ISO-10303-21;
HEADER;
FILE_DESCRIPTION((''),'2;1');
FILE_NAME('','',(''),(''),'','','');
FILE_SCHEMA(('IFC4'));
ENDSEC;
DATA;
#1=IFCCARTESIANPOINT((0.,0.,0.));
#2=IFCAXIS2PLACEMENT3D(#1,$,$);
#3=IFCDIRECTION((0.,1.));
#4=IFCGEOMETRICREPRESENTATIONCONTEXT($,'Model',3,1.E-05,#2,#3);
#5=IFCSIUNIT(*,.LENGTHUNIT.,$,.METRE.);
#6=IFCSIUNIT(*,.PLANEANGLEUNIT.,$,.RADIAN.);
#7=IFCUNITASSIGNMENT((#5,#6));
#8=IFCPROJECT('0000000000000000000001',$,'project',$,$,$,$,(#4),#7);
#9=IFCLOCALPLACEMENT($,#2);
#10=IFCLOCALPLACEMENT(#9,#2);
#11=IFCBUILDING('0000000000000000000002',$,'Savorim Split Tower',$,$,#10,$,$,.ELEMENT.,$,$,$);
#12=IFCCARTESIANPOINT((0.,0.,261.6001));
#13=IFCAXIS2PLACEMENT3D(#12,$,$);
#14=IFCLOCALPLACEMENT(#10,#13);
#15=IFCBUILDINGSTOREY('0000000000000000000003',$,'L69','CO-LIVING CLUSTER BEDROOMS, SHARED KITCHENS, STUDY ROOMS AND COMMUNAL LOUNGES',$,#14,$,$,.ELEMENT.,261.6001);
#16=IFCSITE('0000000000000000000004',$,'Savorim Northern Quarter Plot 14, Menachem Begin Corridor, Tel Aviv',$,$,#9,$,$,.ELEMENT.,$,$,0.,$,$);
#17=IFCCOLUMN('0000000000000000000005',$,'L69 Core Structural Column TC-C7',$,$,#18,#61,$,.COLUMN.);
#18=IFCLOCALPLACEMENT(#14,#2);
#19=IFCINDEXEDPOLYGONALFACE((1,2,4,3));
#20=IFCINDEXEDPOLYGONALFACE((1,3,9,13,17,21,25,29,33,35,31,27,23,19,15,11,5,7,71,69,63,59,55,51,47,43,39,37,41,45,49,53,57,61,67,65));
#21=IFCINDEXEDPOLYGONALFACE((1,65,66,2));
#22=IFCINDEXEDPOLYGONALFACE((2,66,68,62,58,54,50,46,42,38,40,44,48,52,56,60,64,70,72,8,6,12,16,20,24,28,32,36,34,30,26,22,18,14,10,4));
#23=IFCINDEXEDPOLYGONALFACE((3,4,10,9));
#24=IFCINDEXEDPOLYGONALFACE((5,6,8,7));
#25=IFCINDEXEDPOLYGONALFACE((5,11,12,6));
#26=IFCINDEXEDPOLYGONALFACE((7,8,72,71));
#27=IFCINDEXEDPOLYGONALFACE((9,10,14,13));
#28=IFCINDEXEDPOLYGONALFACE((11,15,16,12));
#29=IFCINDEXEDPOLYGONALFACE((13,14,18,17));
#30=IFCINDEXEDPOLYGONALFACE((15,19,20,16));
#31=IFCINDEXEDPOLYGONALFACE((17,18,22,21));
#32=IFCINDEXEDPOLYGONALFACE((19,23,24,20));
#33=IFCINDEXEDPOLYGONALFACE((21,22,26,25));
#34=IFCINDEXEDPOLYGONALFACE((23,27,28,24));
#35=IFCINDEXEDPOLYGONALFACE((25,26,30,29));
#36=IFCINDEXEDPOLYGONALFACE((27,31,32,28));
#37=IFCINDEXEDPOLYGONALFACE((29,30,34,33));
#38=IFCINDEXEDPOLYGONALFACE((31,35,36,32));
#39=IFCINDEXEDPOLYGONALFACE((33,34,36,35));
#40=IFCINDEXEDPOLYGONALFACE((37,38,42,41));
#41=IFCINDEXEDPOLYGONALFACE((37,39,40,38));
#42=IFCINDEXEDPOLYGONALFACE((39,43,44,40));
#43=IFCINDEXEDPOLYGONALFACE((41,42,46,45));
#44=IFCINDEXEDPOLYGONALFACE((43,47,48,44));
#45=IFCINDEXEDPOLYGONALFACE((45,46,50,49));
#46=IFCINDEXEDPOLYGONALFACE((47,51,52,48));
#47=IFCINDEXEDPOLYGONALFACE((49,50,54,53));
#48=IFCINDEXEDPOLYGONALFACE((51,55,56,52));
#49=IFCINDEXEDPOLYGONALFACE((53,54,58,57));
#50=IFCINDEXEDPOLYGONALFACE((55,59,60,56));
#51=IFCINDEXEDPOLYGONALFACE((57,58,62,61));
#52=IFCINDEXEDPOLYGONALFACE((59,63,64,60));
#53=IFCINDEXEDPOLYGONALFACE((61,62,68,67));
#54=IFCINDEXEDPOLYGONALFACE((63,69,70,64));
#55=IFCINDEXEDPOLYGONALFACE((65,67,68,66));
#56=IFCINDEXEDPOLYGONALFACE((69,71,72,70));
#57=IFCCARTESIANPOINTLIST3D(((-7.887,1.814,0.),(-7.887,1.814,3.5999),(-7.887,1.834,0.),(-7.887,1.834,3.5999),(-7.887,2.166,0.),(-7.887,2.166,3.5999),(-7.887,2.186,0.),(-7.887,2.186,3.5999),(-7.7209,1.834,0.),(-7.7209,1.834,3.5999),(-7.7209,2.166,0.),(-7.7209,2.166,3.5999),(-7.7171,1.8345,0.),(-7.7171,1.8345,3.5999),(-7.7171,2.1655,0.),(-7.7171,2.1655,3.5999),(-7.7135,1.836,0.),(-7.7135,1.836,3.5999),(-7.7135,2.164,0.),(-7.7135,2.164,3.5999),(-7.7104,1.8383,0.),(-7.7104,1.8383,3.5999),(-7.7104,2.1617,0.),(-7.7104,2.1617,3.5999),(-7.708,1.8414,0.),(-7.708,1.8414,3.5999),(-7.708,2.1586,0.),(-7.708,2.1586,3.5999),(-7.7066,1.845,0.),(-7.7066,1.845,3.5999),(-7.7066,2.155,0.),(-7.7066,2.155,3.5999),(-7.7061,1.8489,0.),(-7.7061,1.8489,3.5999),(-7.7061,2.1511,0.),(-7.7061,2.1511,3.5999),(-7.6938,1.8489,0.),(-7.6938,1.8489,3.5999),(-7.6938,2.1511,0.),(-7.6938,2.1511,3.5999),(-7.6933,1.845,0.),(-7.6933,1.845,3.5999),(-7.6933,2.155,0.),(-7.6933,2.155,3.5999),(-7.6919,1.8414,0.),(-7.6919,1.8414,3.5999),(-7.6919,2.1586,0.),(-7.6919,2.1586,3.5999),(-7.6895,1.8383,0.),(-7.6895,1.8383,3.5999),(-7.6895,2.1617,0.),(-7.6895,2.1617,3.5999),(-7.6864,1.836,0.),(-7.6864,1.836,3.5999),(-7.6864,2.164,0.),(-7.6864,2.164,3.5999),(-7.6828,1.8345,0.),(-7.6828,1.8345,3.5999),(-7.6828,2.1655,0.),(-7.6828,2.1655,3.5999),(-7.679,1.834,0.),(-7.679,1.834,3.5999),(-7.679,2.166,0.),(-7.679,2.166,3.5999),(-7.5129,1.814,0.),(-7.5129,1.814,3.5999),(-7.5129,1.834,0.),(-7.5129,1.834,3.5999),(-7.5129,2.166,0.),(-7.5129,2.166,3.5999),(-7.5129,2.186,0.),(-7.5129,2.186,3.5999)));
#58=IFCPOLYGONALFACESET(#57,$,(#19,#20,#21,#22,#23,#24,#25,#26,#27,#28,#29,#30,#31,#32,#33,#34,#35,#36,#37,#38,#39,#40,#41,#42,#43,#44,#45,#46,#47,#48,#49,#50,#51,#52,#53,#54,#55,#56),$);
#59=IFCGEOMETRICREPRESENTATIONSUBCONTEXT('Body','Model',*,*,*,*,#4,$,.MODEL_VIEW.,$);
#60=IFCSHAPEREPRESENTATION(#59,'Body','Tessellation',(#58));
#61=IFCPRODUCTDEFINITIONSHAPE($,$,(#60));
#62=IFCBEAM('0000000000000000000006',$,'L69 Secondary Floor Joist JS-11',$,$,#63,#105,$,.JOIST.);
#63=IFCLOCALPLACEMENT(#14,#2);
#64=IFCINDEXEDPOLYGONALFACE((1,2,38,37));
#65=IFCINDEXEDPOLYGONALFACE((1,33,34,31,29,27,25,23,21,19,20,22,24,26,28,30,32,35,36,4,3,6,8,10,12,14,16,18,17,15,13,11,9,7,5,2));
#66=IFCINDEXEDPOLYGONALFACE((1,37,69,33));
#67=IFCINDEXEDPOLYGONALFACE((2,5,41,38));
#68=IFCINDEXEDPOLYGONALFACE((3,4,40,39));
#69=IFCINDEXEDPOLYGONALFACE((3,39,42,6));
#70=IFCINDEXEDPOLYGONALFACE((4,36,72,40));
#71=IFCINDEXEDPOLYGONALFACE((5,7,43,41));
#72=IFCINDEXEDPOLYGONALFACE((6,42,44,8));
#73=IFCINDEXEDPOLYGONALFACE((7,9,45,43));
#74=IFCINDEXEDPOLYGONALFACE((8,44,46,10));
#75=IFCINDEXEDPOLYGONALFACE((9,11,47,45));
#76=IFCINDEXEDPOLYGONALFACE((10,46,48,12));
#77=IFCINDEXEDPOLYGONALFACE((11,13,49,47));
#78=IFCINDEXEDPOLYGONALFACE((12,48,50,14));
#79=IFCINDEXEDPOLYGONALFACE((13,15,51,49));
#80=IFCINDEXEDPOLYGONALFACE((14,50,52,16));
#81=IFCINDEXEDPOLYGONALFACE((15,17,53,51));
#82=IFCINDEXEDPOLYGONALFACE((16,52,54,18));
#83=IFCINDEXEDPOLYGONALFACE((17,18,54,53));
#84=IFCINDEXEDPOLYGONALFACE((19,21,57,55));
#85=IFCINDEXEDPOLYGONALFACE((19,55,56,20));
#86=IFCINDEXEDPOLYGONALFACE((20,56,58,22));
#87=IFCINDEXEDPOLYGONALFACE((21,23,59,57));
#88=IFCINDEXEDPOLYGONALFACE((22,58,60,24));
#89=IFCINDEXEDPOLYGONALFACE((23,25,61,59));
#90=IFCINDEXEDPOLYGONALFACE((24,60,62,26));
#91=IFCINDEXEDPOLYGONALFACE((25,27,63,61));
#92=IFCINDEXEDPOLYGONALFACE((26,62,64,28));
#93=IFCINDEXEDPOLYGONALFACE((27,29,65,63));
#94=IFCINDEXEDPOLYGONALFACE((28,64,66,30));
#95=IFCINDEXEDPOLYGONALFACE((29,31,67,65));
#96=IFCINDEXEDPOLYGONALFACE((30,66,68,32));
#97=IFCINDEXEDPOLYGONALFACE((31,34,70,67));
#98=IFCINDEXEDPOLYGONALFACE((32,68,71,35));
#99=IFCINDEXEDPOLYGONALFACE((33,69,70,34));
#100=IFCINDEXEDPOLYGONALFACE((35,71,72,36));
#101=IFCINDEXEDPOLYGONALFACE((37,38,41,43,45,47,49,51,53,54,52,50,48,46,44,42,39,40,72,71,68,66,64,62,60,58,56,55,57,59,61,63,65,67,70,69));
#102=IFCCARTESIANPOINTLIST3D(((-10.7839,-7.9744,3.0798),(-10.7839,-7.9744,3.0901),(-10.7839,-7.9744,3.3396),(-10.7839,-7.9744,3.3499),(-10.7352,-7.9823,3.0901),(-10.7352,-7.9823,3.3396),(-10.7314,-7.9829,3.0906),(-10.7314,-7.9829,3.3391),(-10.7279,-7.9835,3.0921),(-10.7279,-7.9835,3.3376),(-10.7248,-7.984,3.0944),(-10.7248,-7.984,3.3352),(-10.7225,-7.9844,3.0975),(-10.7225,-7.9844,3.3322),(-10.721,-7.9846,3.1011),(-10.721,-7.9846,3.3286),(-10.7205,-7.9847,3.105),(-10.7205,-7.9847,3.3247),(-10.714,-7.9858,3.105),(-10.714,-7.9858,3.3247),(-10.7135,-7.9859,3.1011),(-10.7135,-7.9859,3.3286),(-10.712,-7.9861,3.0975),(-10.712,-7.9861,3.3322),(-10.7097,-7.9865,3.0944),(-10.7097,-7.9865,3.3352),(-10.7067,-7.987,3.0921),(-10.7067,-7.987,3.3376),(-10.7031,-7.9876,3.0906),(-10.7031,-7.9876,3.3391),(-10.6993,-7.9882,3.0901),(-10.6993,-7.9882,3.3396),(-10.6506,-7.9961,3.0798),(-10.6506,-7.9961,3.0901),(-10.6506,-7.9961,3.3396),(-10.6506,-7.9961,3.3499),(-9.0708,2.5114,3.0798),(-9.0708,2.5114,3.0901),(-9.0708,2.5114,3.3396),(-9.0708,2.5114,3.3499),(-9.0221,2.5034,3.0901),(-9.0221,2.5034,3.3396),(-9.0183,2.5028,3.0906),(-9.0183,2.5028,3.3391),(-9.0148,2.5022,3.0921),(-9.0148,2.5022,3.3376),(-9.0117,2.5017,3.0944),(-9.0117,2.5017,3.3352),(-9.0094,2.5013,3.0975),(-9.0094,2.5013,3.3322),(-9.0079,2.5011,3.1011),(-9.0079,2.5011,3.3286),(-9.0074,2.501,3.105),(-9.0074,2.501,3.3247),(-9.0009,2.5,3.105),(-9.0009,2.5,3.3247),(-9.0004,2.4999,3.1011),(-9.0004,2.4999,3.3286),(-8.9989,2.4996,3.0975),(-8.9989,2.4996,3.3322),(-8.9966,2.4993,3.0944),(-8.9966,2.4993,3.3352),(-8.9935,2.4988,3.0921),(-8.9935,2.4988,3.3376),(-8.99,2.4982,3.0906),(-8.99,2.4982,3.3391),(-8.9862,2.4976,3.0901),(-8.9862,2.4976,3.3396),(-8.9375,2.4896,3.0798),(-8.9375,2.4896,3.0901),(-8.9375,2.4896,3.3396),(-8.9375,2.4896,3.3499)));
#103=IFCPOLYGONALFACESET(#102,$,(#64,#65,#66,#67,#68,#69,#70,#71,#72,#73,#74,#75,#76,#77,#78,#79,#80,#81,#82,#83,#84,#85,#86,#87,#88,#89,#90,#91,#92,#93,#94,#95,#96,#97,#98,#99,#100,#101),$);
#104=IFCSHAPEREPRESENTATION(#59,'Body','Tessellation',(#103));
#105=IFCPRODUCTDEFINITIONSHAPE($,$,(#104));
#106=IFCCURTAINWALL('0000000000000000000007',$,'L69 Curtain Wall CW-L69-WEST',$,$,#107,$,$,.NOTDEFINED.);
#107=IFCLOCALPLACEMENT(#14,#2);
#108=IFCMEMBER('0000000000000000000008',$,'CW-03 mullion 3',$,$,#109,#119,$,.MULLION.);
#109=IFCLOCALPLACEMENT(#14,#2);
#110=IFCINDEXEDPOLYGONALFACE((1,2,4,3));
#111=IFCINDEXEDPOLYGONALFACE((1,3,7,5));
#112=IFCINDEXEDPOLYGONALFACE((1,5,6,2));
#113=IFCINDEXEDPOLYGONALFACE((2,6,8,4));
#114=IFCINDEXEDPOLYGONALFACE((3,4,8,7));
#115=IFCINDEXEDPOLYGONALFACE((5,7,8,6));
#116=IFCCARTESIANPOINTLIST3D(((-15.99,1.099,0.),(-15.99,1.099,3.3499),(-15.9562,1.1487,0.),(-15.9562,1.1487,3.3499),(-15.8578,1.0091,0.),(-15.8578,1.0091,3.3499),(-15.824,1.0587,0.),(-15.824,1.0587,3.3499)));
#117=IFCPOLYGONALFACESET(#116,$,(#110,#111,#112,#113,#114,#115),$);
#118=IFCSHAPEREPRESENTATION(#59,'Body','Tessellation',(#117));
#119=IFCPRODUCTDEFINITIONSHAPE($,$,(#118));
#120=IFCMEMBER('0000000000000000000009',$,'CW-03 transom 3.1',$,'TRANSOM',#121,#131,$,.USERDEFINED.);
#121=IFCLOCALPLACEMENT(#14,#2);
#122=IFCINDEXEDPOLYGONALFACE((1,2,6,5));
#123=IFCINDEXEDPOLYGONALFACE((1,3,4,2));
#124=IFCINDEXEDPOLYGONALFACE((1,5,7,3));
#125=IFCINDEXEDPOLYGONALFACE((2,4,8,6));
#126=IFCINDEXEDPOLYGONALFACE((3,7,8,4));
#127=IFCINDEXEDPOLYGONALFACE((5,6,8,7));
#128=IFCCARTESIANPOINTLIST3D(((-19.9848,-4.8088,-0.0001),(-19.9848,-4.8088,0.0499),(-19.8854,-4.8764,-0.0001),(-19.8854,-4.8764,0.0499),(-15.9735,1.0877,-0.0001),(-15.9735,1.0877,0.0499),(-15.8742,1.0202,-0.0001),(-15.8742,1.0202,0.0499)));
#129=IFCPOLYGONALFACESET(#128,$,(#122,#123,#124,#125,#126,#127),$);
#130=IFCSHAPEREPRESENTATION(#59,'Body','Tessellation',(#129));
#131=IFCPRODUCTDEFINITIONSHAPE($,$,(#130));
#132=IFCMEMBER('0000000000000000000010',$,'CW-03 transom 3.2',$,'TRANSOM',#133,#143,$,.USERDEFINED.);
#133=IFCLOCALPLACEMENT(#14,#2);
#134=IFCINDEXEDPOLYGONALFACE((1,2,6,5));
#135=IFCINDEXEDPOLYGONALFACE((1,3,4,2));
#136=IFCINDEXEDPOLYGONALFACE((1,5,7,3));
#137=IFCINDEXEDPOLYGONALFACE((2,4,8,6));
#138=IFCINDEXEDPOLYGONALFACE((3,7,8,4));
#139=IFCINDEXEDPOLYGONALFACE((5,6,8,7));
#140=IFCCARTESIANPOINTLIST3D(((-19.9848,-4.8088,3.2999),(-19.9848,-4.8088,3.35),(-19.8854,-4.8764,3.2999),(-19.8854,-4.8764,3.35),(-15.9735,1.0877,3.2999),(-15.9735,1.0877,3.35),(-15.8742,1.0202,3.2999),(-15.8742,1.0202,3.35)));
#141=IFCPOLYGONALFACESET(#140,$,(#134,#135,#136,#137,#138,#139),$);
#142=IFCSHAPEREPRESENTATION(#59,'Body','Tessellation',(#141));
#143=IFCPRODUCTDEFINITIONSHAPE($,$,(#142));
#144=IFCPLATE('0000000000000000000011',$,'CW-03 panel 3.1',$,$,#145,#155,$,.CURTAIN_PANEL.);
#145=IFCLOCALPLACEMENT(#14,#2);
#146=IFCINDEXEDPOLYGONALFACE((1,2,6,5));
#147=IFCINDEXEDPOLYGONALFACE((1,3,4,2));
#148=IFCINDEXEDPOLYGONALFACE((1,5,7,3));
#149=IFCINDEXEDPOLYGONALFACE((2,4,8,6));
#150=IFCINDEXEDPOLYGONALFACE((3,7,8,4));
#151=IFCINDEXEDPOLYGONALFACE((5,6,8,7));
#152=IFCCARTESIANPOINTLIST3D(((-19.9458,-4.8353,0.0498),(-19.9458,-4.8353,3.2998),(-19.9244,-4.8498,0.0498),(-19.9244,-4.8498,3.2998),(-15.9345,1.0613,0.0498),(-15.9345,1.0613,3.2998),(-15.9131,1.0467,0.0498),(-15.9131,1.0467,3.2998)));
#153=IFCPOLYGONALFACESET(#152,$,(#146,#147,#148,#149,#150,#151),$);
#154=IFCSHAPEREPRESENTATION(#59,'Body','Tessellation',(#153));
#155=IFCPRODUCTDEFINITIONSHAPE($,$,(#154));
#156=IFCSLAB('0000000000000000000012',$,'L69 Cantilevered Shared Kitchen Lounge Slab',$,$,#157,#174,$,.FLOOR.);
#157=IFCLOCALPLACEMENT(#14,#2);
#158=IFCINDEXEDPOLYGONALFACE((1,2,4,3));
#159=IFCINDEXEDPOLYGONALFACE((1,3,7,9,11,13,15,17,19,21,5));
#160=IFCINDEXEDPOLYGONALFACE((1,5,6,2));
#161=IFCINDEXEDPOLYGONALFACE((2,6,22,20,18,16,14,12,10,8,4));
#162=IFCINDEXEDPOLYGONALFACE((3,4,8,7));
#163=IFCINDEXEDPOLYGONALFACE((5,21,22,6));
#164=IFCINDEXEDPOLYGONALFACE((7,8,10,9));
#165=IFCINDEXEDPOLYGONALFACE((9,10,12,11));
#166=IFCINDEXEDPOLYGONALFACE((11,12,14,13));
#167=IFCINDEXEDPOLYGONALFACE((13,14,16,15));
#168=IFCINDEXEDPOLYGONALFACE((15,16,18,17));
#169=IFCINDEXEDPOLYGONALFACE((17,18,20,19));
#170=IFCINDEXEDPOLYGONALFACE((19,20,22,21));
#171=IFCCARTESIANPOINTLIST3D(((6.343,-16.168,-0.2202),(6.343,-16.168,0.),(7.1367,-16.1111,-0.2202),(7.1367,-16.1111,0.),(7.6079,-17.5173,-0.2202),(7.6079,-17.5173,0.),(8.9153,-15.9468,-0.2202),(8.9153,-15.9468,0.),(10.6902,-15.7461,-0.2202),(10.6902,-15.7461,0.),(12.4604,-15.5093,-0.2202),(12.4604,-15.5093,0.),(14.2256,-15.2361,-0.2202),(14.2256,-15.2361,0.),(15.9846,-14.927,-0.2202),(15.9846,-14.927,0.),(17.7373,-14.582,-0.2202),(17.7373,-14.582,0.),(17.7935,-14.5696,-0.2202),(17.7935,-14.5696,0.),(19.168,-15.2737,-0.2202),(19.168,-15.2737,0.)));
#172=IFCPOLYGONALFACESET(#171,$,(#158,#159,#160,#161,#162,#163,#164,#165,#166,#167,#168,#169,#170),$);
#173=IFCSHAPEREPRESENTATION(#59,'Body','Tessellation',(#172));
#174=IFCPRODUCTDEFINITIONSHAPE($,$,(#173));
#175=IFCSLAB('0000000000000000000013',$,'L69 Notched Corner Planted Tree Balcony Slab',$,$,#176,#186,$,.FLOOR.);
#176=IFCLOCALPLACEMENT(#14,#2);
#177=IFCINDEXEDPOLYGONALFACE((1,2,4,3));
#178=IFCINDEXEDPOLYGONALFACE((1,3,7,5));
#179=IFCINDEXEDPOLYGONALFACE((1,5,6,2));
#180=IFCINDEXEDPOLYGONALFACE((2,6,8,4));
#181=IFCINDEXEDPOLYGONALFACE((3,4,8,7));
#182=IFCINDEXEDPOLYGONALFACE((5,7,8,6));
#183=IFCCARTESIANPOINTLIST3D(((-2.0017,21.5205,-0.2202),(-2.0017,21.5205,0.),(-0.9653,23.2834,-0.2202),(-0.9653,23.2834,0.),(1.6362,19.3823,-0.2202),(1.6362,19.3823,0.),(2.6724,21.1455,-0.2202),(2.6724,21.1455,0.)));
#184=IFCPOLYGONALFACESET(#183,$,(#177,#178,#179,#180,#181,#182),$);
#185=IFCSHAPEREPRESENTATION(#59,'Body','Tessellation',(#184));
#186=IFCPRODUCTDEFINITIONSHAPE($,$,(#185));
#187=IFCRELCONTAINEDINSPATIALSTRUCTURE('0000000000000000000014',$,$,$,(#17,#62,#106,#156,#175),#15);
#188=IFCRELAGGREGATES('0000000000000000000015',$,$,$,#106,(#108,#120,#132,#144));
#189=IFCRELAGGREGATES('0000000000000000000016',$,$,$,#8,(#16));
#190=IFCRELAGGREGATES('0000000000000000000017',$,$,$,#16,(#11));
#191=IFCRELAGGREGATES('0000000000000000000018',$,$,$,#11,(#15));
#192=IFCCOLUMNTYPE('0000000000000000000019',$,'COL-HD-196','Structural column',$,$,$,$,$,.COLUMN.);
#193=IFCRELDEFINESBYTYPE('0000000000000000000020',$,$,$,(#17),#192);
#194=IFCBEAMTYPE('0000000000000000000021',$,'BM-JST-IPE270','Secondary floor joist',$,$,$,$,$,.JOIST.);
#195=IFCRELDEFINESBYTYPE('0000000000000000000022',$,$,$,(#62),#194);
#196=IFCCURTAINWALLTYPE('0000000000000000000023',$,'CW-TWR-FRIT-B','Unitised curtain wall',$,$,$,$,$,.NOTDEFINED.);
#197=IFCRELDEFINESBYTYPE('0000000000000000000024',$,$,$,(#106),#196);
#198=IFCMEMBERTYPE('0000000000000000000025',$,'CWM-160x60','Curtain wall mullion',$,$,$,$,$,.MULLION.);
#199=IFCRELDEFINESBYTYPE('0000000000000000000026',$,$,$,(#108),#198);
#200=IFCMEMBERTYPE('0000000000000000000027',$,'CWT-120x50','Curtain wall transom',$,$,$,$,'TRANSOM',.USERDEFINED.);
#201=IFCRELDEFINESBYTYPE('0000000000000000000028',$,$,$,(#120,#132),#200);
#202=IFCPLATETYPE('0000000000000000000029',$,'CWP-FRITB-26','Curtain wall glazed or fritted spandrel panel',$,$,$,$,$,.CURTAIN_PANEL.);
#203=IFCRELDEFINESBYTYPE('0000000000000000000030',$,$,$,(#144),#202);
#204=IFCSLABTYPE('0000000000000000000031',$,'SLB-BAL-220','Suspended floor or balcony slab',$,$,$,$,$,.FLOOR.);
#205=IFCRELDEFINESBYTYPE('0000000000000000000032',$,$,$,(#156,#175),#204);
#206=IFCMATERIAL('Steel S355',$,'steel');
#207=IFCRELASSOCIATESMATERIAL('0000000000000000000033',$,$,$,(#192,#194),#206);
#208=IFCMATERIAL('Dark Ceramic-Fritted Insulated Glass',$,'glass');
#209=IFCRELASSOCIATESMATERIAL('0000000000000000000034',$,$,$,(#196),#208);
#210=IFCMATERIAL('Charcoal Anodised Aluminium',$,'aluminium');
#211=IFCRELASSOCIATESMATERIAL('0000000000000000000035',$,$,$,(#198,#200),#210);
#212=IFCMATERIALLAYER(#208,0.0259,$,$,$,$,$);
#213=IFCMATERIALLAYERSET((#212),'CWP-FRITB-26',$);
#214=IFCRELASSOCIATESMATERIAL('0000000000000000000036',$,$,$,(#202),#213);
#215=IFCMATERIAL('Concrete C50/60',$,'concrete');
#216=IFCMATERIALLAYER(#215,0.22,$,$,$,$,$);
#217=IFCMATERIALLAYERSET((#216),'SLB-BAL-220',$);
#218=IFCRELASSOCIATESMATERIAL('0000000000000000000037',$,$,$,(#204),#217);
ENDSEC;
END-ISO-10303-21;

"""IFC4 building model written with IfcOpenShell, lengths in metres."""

from ifc_helpers import new_model, si_unit, direction, frame, origin, origin_2d, place, context, subcontext, project, spatial, polyline, rectangle, i_section, outline, extrude, material, layer, layer_set, material_profile, profile_set, type_object, element, aggregate, save


model = new_model("IFC4")

# Units and contexts
model_context = context("Model", 3, precision=1e-05, world=origin(), true_north=direction((0.0, 1.0)))
body_context = subcontext(model_context, "Body", "Model", "MODEL_VIEW")
ifc_project = project(units=[si_unit("LENGTHUNIT", "METRE"), si_unit("PLANEANGLEUNIT", "RADIAN")], contexts=[model_context])

# Site, building, storey
site_placement = place(None, origin())
site = spatial("IfcSite", under=ifc_project, at=site_placement, Name="Savorim Northern Quarter Plot 14, Menachem Begin Corridor, Tel Aviv", CompositionType="ELEMENT", RefElevation=0.0)
building_placement = place(site_placement, origin())
building = spatial("IfcBuilding", under=site, at=building_placement, Name="Savorim Split Tower", CompositionType="ELEMENT")
storey_placement = place(building_placement, frame((0.0, 0.0, 261.6001)))
storey = spatial("IfcBuildingStorey", under=building, at=storey_placement, Name="L69", Description="CO-LIVING CLUSTER BEDROOMS, SHARED KITCHENS, STUDY ROOMS AND COMMUNAL LOUNGES", CompositionType="ELEMENT", Elevation=261.6001)

# Column
ifc_material_1 = material(Name="Steel S355", Category="steel")
ifc_material_profile_1 = material_profile(ifc_material_1, i_section(OverallWidth=0.374, OverallDepth=0.3721, WebThickness=0.0122, FlangeThickness=0.02, FilletRadius=0.0149, at=origin_2d()), Name="HD 360x196")
ifc_profile_set_1 = profile_set([ifc_material_profile_1], Name="Steel S355")
column_type = type_object("IfcColumnType", Name="COL-HD-196", Description="Structural column", PredefinedType="COLUMN", material=ifc_profile_set_1)
column_placement = place(storey_placement, frame((-7.7, 2.0, 0.0), z_axis=(0.0, 0.0, 1.0), x_axis=(1.0, 0.0, 0.0)))
element("IfcColumn", 1, at=column_placement, inside=storey, type_object=column_type, Name="L69 Core Structural Column TC-C7", PredefinedType="COLUMN", context=body_context, shape_type="SweptSolid", body=[
    extrude(i_section(OverallWidth=0.374, OverallDepth=0.3721, WebThickness=0.0122, FlangeThickness=0.02, FilletRadius=0.0149, at=origin_2d()), origin(), (0.0, 0.0, 1.0), 3.5999),
])

# Beam
ifc_material_profile_2 = material_profile(ifc_material_1, i_section(OverallWidth=0.135, OverallDepth=0.27, WebThickness=0.0066, FlangeThickness=0.0103, FilletRadius=0.0149, at=origin_2d()), Name="IPE 270")
ifc_profile_set_2 = profile_set([ifc_material_profile_2], Name="Steel S355")
beam_type = type_object("IfcBeamType", Name="BM-JST-IPE270", Description="Secondary floor joist", PredefinedType="JOIST", material=ifc_profile_set_2)
beam_placement = place(storey_placement, frame((-9.0042, 2.5005, 3.2148), z_axis=(-0.161238, -0.986915, 0.0), x_axis=(0.986915, -0.161238, 0.0)))
element("IfcBeam", 2, at=beam_placement, inside=storey, type_object=beam_type, Name="L69 Secondary Floor Joist JS-11", PredefinedType="JOIST", context=body_context, shape_type="SweptSolid", body=[
    extrude(i_section(OverallWidth=0.135, OverallDepth=0.27, WebThickness=0.0066, FlangeThickness=0.0103, FilletRadius=0.0149, at=origin_2d()), origin(), (0.0, 0.0, 1.0), 10.6248),
])

# Curtain wall, members, plate
ifc_material_2 = material(Name="Dark Ceramic-Fritted Insulated Glass", Category="glass")
curtain_wall_type = type_object("IfcCurtainWallType", Name="CW-TWR-FRIT-B", Description="Unitised curtain wall", PredefinedType="NOTDEFINED", material=ifc_material_2)
curtain_wall_placement = place(storey_placement, origin())
curtain_wall = element("IfcCurtainWall", 3, at=curtain_wall_placement, inside=storey, type_object=curtain_wall_type, Name="L69 Curtain Wall CW-L69-WEST", PredefinedType="NOTDEFINED")
ifc_material_3 = material(Name="Charcoal Anodised Aluminium", Category="aluminium")
ifc_material_profile_3 = material_profile(ifc_material_3, rectangle(XDim=0.1599, YDim=0.0601, at=origin_2d()), Name="ALU-M 160x60")
ifc_profile_set_3 = profile_set([ifc_material_profile_3], Name="Charcoal Anodised Aluminium")
member_type_1 = type_object("IfcMemberType", Name="CWM-160x60", Description="Curtain wall mullion", PredefinedType="MULLION", material=ifc_profile_set_3)
member_1_placement = place(storey_placement, frame((-15.907, 1.0789, 0.0), z_axis=(0.0, 0.0, 1.0), x_axis=(0.826817, -0.56247, 0.0)))
member_1 = element("IfcMember", 4, at=member_1_placement, type_object=member_type_1, Name="CW-03 mullion 3", PredefinedType="MULLION", context=body_context, shape_type="SweptSolid", body=[
    extrude(rectangle(XDim=0.1599, YDim=0.0601, at=origin_2d()), origin(), (0.0, 0.0, 1.0), 3.3499),
])
ifc_material_profile_4 = material_profile(ifc_material_3, rectangle(XDim=0.1201, YDim=0.05, at=origin_2d()), Name="ALU-T 120x50")
ifc_profile_set_4 = profile_set([ifc_material_profile_4], Name="Charcoal Anodised Aluminium")
member_type_2 = type_object("IfcMemberType", Name="CWT-120x50", Description="Curtain wall transom", ElementType="TRANSOM", PredefinedType="USERDEFINED", material=ifc_profile_set_4)
member_2_placement = place(storey_placement, frame((-15.9238, 1.054, 0.0249), z_axis=(-0.562465, -0.826821, 0.0), x_axis=(0.826821, -0.562465, 0.0)))
member_2 = element("IfcMember", 5, at=member_2_placement, type_object=member_type_2, Name="CW-03 transom 3.1", ObjectType="TRANSOM", PredefinedType="USERDEFINED", context=body_context, shape_type="SweptSolid", body=[
    extrude(rectangle(XDim=0.1201, YDim=0.05, at=origin_2d()), origin(), (0.0, 0.0, 1.0), 7.1316),
])
member_3_placement = place(storey_placement, frame((-15.9238, 1.054, 3.325), z_axis=(-0.562465, -0.826821, 0.0), x_axis=(0.826821, -0.562465, 0.0)))
member_3 = element("IfcMember", 6, at=member_3_placement, type_object=member_type_2, Name="CW-03 transom 3.2", ObjectType="TRANSOM", PredefinedType="USERDEFINED", context=body_context, shape_type="SweptSolid", body=[
    extrude(rectangle(XDim=0.1201, YDim=0.05, at=origin_2d()), origin(), (0.0, 0.0, 1.0), 7.1316),
])
ifc_layer_1 = layer(ifc_material_2, 0.0259)
ifc_layer_set_1 = layer_set([ifc_layer_1], Name="CWP-FRITB-26")
plate_type = type_object("IfcPlateType", Name="CWP-FRITB-26", Description="Curtain wall glazed or fritted spandrel panel", PredefinedType="CURTAIN_PANEL", material=ifc_layer_set_1)
plate_placement = place(storey_placement, frame((-17.9294, -1.8943, 0.0498), z_axis=(0.0, 0.0, 1.0), x_axis=(-0.56247, -0.826817, 0.0)))
plate = element("IfcPlate", 7, at=plate_placement, type_object=plate_type, Name="CW-03 panel 3.1", PredefinedType="CURTAIN_PANEL", context=body_context, shape_type="SweptSolid", body=[
    extrude(rectangle(XDim=7.1316, YDim=0.0259, at=origin_2d()), origin(), (0.0, 0.0, 1.0), 3.25),
])
aggregate(curtain_wall, [member_1, member_2, member_3, plate])

# Slabs
ifc_material_4 = material(Name="Concrete C50/60", Category="concrete")
ifc_layer_2 = layer(ifc_material_4, 0.22)
ifc_layer_set_2 = layer_set([ifc_layer_2], Name="SLB-BAL-220")
slab_type_1 = type_object("IfcSlabType", Name="SLB-BAL-220", Description="Suspended floor or balcony slab", PredefinedType="FLOOR", material=ifc_layer_set_2)
slab_1_placement = place(storey_placement, frame((0.0, 0.0, -0.2202)))
element("IfcSlab", 8, at=slab_1_placement, inside=storey, type_object=slab_type_1, Name="L69 Cantilevered Shared Kitchen Lounge Slab", PredefinedType="FLOOR", context=body_context, shape_type="SweptSolid", body=[
    extrude(outline(polyline([(17.7935, -14.5696), (17.7373, -14.582), (15.9846, -14.927), (14.2256, -15.2361), (12.4604, -15.5093), (10.6902, -15.7461), (8.9153, -15.9468), (7.1367, -16.1111), (6.343, -16.168), (7.6079, -17.5173), (19.168, -15.2737), (17.7935, -14.5696)])), origin(), (0.0, 0.0, 1.0), 0.2202),
])
slab_2_placement = place(storey_placement, frame((0.0, 0.0, -0.2202)))
element("IfcSlab", 9, at=slab_2_placement, inside=storey, type_object=slab_type_1, Name="L69 Notched Corner Planted Tree Balcony Slab", PredefinedType="FLOOR", context=body_context, shape_type="SweptSolid", body=[
    extrude(outline(polyline([(-2.0017, 21.5205), (1.6362, 19.3823), (2.6724, 21.1455), (-0.9653, 23.2834), (-2.0017, 21.5205)])), origin(), (0.0, 0.0, 1.0), 0.2202),
])

save(model, "model.ifc")
